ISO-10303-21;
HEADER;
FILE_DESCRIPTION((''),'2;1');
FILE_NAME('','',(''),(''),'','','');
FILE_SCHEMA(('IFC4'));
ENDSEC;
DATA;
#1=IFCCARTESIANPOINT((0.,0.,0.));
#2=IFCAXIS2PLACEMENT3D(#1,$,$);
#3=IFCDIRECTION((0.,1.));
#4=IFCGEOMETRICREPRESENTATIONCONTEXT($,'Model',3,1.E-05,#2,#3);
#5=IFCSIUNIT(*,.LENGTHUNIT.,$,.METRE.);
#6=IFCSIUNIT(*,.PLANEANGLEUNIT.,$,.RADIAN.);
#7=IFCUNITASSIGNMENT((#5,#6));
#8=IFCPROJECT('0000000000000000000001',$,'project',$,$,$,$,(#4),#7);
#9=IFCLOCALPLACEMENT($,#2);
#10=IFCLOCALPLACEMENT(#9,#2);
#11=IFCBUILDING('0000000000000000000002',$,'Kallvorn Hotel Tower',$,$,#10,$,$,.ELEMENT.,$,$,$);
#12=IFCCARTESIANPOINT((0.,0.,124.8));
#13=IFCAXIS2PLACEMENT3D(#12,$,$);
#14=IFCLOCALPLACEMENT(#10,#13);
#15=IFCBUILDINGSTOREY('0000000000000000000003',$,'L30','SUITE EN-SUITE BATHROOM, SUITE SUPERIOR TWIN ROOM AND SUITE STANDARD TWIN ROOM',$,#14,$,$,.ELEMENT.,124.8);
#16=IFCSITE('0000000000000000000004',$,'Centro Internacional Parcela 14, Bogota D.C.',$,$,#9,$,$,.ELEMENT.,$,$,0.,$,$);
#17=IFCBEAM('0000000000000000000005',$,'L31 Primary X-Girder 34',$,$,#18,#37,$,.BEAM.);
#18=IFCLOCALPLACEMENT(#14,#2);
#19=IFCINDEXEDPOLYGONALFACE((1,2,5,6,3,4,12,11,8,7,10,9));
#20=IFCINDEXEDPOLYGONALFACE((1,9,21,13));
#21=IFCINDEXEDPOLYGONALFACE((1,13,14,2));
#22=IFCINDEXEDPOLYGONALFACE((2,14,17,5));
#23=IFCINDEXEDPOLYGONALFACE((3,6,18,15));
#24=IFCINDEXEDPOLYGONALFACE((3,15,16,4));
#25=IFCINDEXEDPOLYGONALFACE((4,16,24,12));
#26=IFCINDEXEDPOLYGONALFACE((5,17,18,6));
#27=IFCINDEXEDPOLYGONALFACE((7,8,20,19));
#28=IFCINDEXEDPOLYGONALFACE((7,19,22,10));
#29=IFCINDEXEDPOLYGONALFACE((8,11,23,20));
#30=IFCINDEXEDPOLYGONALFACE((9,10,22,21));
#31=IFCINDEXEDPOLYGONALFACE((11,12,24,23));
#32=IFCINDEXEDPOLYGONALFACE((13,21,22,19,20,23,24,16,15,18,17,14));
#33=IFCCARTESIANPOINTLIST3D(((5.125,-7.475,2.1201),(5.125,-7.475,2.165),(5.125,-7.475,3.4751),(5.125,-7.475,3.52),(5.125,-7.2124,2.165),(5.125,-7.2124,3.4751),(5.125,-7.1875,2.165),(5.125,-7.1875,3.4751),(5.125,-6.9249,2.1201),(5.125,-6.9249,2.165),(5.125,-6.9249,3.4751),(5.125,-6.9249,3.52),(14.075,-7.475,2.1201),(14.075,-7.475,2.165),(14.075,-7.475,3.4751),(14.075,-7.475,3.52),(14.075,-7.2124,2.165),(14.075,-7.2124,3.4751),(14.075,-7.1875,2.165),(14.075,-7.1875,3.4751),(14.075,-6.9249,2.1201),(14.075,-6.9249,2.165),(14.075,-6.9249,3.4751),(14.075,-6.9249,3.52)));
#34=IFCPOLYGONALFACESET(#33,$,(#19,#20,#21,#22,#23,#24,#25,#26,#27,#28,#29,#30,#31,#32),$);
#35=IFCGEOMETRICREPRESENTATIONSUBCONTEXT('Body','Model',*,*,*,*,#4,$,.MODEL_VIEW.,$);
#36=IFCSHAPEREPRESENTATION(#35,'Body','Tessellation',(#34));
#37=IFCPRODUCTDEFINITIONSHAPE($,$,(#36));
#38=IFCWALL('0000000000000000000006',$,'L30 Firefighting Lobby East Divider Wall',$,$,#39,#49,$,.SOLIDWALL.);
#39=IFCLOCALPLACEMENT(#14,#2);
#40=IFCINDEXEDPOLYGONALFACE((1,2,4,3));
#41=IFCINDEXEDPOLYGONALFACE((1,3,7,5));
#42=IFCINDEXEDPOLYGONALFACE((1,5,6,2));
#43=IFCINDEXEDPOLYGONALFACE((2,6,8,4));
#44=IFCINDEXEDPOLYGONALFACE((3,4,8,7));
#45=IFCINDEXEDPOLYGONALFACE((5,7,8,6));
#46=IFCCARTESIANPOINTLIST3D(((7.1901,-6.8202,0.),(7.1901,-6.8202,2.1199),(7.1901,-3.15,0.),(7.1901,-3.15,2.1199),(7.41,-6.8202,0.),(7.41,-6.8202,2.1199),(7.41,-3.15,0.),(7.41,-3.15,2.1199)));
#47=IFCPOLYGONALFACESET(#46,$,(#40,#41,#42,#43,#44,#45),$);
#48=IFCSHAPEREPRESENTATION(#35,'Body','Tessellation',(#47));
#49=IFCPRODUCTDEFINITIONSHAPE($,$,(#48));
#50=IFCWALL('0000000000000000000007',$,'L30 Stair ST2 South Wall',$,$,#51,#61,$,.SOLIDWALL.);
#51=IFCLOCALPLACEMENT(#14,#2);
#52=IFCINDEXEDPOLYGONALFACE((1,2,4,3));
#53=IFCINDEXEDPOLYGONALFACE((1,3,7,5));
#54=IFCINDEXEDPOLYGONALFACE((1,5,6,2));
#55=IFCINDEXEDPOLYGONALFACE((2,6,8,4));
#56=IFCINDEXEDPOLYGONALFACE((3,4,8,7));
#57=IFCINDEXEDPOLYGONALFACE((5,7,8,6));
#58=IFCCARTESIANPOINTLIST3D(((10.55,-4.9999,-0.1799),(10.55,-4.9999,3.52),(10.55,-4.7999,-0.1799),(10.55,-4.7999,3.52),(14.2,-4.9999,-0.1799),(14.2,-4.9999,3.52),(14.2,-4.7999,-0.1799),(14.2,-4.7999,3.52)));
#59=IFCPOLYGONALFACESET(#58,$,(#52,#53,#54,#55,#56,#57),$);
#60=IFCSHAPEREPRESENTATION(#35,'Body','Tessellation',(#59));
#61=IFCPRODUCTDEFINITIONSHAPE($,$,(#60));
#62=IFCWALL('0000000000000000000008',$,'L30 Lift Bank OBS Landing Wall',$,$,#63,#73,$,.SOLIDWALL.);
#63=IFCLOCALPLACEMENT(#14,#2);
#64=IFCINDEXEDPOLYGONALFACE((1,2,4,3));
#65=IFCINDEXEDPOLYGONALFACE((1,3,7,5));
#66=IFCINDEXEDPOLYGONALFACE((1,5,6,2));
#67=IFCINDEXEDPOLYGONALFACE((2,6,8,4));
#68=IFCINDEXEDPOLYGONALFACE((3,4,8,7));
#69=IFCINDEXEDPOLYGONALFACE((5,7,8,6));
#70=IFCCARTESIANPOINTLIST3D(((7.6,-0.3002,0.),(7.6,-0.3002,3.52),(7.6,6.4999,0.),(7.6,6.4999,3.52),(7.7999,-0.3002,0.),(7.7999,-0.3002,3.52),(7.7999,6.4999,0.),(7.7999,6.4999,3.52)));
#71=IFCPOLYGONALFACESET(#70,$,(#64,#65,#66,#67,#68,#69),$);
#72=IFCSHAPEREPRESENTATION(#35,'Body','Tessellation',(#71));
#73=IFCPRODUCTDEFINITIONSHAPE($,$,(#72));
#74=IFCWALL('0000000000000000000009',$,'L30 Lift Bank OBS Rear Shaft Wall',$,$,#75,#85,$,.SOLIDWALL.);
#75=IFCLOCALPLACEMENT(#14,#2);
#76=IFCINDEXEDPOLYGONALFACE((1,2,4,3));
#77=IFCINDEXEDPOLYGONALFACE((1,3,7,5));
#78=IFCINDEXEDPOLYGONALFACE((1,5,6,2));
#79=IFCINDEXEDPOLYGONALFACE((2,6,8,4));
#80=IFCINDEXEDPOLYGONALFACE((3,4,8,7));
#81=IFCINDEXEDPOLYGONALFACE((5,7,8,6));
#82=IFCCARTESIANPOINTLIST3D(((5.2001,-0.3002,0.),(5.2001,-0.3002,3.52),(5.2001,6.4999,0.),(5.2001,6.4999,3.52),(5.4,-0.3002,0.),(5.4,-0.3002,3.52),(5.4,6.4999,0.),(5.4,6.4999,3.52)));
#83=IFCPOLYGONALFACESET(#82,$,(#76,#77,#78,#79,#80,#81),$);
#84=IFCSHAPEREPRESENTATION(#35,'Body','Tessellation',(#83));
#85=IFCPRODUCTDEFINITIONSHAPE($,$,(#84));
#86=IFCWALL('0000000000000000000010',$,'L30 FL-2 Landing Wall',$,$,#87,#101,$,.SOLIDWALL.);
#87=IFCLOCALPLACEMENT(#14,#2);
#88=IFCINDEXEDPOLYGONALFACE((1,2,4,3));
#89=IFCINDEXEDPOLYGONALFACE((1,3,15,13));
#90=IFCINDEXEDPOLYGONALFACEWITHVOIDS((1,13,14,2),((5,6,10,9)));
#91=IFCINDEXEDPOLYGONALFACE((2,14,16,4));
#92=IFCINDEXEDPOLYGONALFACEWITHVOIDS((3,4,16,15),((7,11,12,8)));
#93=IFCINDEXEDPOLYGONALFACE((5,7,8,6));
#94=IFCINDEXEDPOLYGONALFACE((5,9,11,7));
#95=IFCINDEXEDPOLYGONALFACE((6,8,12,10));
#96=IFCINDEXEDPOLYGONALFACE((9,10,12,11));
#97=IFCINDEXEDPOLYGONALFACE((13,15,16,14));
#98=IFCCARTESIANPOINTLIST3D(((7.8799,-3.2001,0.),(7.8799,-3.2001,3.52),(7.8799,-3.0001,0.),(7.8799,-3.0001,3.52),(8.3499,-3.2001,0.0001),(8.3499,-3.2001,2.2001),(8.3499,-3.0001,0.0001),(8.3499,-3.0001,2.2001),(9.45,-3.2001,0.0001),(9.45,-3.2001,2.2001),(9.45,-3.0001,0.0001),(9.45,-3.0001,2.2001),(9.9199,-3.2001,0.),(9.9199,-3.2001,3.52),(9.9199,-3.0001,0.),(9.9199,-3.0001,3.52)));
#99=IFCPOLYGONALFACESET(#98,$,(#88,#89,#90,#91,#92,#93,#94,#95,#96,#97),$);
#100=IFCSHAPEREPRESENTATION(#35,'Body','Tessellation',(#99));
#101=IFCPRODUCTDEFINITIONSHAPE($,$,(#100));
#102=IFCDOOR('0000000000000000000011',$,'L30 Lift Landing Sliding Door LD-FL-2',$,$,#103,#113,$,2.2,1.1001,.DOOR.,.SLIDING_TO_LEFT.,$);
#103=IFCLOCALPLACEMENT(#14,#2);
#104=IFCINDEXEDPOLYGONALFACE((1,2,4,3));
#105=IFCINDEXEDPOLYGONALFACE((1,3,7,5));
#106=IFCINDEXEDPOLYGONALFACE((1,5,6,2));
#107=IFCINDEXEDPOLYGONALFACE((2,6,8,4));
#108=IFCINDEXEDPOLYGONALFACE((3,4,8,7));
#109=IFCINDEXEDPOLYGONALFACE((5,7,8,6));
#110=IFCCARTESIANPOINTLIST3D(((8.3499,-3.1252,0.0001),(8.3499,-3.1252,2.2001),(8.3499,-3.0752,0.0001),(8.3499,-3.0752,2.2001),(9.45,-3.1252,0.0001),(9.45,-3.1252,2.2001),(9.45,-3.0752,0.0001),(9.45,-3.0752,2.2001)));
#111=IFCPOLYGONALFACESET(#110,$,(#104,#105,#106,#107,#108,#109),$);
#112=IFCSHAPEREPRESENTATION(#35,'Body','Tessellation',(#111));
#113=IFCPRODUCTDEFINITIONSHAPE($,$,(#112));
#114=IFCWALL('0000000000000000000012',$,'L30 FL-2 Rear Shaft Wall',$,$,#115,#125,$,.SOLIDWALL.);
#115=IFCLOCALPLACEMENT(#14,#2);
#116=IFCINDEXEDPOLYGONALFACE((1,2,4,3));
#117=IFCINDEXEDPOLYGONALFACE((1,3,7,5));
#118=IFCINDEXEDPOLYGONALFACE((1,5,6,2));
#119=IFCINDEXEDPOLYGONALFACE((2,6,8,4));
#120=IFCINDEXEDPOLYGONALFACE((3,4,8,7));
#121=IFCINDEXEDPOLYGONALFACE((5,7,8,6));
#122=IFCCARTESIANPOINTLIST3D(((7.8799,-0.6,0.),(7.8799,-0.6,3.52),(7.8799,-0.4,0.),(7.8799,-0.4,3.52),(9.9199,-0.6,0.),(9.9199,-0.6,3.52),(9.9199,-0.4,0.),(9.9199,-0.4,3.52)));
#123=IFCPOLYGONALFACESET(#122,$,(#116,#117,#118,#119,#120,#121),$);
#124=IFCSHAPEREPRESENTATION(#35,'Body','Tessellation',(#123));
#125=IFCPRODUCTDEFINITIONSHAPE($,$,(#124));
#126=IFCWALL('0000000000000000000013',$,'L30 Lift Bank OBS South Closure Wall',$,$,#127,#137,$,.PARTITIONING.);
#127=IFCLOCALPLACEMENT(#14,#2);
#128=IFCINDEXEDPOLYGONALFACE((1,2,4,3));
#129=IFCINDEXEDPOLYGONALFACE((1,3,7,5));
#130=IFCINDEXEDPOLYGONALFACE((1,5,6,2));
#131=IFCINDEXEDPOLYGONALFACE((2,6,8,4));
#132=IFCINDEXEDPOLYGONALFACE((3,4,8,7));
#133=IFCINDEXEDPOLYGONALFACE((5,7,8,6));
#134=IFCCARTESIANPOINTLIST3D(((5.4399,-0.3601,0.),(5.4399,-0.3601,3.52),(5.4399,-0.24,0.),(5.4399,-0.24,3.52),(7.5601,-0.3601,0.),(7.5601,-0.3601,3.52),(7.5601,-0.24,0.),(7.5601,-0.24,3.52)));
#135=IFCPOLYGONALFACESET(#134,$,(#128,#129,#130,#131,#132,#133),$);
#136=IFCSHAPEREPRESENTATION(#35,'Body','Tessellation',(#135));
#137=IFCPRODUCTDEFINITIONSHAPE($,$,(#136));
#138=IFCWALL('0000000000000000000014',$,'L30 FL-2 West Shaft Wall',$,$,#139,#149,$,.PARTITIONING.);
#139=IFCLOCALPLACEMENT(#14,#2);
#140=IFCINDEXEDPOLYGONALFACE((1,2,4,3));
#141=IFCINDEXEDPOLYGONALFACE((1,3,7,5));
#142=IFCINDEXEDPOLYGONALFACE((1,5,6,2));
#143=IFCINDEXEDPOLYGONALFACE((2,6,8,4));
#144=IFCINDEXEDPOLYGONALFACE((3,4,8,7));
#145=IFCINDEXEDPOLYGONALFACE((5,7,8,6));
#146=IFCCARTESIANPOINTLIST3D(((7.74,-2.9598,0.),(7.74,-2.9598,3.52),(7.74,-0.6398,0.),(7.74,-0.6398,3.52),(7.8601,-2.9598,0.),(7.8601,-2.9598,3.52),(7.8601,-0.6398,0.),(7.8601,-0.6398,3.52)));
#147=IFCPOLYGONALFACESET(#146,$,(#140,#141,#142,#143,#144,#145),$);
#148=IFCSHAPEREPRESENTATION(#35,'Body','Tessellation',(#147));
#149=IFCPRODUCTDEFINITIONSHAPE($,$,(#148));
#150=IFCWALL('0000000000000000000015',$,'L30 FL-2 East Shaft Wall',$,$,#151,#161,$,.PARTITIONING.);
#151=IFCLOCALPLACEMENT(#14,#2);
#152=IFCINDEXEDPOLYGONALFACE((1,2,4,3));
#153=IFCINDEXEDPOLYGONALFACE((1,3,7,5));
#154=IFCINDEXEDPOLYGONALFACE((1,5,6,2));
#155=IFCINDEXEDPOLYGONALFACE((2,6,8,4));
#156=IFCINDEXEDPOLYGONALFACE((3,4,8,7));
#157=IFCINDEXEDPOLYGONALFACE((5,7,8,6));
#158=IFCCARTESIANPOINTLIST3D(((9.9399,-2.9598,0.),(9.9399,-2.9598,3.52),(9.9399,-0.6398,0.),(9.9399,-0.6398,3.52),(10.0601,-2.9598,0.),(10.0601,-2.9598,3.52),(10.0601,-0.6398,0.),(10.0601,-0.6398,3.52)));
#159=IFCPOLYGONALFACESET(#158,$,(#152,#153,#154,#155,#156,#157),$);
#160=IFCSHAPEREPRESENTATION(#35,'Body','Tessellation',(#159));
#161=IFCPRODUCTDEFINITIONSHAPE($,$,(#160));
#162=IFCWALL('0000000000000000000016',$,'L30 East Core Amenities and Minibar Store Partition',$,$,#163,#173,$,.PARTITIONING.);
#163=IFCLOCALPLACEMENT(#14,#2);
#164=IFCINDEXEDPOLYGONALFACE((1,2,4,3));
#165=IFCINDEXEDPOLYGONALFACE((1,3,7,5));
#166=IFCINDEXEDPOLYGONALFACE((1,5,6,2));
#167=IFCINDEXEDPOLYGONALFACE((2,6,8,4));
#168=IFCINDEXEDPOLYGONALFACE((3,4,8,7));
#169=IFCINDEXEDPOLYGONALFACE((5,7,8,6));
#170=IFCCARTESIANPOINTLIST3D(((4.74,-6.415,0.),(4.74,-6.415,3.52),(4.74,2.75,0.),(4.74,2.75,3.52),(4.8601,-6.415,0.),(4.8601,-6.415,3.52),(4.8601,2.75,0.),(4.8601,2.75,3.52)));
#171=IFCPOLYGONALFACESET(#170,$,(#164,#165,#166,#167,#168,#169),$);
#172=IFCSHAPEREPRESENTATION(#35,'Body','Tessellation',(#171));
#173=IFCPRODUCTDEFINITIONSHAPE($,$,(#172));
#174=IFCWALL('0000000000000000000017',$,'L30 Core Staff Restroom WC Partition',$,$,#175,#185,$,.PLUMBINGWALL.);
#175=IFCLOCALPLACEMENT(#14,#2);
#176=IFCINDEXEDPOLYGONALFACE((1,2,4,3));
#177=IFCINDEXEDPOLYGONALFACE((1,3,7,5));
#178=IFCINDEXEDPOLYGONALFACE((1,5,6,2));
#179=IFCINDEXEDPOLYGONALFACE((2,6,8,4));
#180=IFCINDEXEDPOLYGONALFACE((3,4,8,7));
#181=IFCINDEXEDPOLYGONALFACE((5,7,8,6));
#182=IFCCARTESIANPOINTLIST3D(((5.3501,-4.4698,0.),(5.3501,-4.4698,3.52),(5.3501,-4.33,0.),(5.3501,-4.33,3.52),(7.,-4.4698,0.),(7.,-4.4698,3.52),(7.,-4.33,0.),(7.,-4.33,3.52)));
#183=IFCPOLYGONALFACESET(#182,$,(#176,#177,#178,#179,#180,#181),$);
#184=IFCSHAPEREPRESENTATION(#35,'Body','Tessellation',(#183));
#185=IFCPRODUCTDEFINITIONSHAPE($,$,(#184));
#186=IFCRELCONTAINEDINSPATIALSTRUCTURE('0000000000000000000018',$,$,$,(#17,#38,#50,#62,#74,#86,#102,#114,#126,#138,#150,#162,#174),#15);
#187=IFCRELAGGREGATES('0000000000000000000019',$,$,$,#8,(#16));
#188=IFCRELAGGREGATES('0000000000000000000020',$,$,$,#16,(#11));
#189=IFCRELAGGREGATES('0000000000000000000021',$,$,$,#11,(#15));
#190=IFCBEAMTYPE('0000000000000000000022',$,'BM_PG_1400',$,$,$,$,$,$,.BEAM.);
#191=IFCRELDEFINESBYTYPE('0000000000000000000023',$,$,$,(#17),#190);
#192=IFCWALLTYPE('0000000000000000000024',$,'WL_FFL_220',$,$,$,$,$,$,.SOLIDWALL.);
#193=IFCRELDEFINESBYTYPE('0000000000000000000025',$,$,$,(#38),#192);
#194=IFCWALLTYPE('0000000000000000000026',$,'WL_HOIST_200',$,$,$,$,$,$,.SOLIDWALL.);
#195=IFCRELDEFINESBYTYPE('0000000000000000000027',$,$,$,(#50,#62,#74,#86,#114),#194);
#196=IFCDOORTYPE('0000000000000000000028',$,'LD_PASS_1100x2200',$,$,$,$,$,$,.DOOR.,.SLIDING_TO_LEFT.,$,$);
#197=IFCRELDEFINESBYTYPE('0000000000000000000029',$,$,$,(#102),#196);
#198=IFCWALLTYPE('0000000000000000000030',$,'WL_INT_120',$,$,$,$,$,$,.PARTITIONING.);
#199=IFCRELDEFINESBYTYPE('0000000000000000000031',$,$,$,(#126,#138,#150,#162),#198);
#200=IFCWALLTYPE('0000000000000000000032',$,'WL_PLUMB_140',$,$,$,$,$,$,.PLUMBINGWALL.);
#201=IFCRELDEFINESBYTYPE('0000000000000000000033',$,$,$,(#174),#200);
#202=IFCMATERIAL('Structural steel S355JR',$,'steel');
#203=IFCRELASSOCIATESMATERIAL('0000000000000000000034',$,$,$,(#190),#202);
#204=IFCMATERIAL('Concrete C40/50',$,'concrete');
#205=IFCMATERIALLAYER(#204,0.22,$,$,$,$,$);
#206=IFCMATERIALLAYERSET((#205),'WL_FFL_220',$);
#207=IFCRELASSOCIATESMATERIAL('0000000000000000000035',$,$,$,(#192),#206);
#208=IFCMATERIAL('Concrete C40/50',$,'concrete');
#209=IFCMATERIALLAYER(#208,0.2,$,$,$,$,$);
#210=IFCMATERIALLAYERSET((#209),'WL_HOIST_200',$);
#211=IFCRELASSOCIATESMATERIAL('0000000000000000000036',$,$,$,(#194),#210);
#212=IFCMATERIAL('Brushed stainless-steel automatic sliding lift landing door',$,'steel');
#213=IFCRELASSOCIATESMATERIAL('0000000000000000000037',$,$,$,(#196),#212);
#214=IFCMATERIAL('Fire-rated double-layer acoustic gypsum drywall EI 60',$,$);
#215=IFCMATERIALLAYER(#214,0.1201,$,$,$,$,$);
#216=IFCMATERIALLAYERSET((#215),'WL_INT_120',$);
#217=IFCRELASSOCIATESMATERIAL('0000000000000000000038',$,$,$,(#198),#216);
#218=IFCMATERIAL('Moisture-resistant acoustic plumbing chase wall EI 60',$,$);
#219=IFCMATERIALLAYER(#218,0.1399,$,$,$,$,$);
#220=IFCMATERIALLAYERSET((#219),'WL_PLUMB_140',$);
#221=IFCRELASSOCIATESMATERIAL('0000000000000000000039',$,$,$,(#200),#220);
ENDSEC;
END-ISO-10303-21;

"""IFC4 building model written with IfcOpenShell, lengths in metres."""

from ifc_helpers import new_model, si_unit, direction, frame, frame_2d, origin, origin_2d, place, context, subcontext, project, spatial, rectangle, i_section, extrude, material, layer, layer_set, material_profile, profile_set, type_object, element, fill, save


model = new_model("IFC4")

# Units and contexts
model_context = context("Model", 3, precision=1e-05, world=origin(), true_north=direction((0.0, 1.0)))
body_context = subcontext(model_context, "Body", "Model", "MODEL_VIEW")
ifc_project = project(units=[si_unit("LENGTHUNIT", "METRE"), si_unit("PLANEANGLEUNIT", "RADIAN")], contexts=[model_context])

# Site, building, storey
site_placement = place(None, origin())
site = spatial("IfcSite", under=ifc_project, at=site_placement, Name="Centro Internacional Parcela 14, Bogota D.C.", CompositionType="ELEMENT", RefElevation=0.0)
building_placement = place(site_placement, origin())
building = spatial("IfcBuilding", under=site, at=building_placement, Name="Kallvorn Hotel Tower", CompositionType="ELEMENT")
storey_placement = place(building_placement, frame((0.0, 0.0, 124.8)))
storey = spatial("IfcBuildingStorey", under=building, at=storey_placement, Name="L30", Description="SUITE EN-SUITE BATHROOM, SUITE SUPERIOR TWIN ROOM AND SUITE STANDARD TWIN ROOM", CompositionType="ELEMENT", Elevation=124.8)

# Beam
ifc_material_1 = material(Name="Structural steel S355JR", Category="steel")
ifc_material_profile = material_profile(ifc_material_1, i_section(OverallWidth=0.55, OverallDepth=1.3999, WebThickness=0.0249, FlangeThickness=0.0449, at=origin_2d()), Name="PG 1400x550x25x45")
ifc_profile_set = profile_set([ifc_material_profile], Name="Structural steel S355JR")
beam_type = type_object("IfcBeamType", Name="BM_PG_1400", PredefinedType="BEAM", material=ifc_profile_set)
beam_placement = place(storey_placement, frame((5.125, -7.2, 2.8201), z_axis=(1.0, 0.0, 0.0), x_axis=(0.0, 1.0, 0.0)))
element("IfcBeam", 1, at=beam_placement, inside=storey, type_object=beam_type, Name="L31 Primary X-Girder 34", PredefinedType="BEAM", context=body_context, shape_type="SweptSolid", body=[
    extrude(i_section(OverallWidth=0.55, OverallDepth=1.3999, WebThickness=0.0249, FlangeThickness=0.0449, at=origin_2d()), origin(), (0.0, 0.0, 1.0), 8.95),
])

# Walls
ifc_material_2 = material(Name="Concrete C40/50", Category="concrete")
ifc_layer_1 = layer(ifc_material_2, 0.22)
ifc_layer_set_1 = layer_set([ifc_layer_1], Name="WL_FFL_220")
wall_type_1 = type_object("IfcWallType", Name="WL_FFL_220", PredefinedType="SOLIDWALL", material=ifc_layer_set_1)
wall_1_placement = place(storey_placement, frame((7.3, -6.8201, 0.0), z_axis=(0.0, 0.0, 1.0), x_axis=(0.0, 1.0, 0.0)))
element("IfcWall", 2, at=wall_1_placement, inside=storey, type_object=wall_type_1, Name="L30 Firefighting Lobby East Divider Wall", PredefinedType="SOLIDWALL", context=body_context, shape_type="SweptSolid", body=[
    extrude(rectangle(XDim=3.6702, YDim=0.22, at=frame_2d((1.835, 0.0))), origin(), (0.0, 0.0, 1.0), 2.1199),
])
ifc_material_3 = material(Name="Concrete C40/50", Category="concrete")
ifc_layer_2 = layer(ifc_material_3, 0.2)
ifc_layer_set_2 = layer_set([ifc_layer_2], Name="WL_HOIST_200")
wall_type_2 = type_object("IfcWallType", Name="WL_HOIST_200", PredefinedType="SOLIDWALL", material=ifc_layer_set_2)
wall_2_placement = place(storey_placement, frame((10.55, -4.8999, -0.1799), z_axis=(0.0, 0.0, 1.0), x_axis=(1.0, 0.0, 0.0)))
element("IfcWall", 3, at=wall_2_placement, inside=storey, type_object=wall_type_2, Name="L30 Stair ST2 South Wall", PredefinedType="SOLIDWALL", context=body_context, shape_type="SweptSolid", body=[
    extrude(rectangle(XDim=3.6499, YDim=0.2, at=frame_2d((1.825, 0.0))), origin(), (0.0, 0.0, 1.0), 3.7),
])
for number, where, z_axis, x_axis, name in (
    (4, (7.7, -0.3, 0.0), (0.0, 0.0, 1.0), (0.0, 1.0, 0.0), "L30 Lift Bank OBS Landing Wall"),
    (5, (5.3, -0.3, 0.0), (0.0, 0.0, 1.0), (0.0, 1.0, 0.0), "L30 Lift Bank OBS Rear Shaft Wall"),
):
    element("IfcWall", number, at=place(storey_placement, frame(where, z_axis=z_axis, x_axis=x_axis)), inside=storey, type_object=wall_type_2, Name=name, PredefinedType="SOLIDWALL", context=body_context, shape_type="SweptSolid", body=[
        extrude(rectangle(XDim=6.8, YDim=0.2, at=frame_2d((3.3999, 0.0))), origin(), (0.0, 0.0, 1.0), 3.52),
    ])

# Wall, opening, door
wall_3_placement = place(storey_placement, frame((7.8799, -3.1001, 0.0), z_axis=(0.0, 0.0, 1.0), x_axis=(1.0, 0.0, 0.0)))
wall_3 = element("IfcWall", 6, at=wall_3_placement, inside=storey, type_object=wall_type_2, Name="L30 FL-2 Landing Wall", PredefinedType="SOLIDWALL", context=body_context, shape_type="SweptSolid", body=[
    extrude(rectangle(XDim=2.04, YDim=0.2, at=frame_2d((1.02, 0.0))), origin(), (0.0, 0.0, 1.0), 3.52),
])
opening_1_placement = place(wall_3_placement, frame((0.47, 0.0, 0.0)))
opening_1 = element("IfcOpeningElement", 7, at=opening_1_placement, cuts=wall_3, PredefinedType="OPENING", context=body_context, shape_type="SweptSolid", body=[
    extrude(rectangle(XDim=1.1001, YDim=2.2, at=frame_2d((0.55, 1.1001))), frame((0.0, 0.115, 0.0), z_axis=(0.0, -1.0, 0.0), x_axis=(1.0, 0.0, 0.0)), (0.0, 0.0, 1.0), 0.23),
])
ifc_material_4 = material(Name="Brushed stainless-steel automatic sliding lift landing door", Category="steel")
door_type_1 = type_object("IfcDoorType", Name="LD_PASS_1100x2200", OperationType="SLIDING_TO_LEFT", PredefinedType="DOOR", material=ifc_material_4)
door_1_placement = place(opening_1_placement, origin())
door_1 = element("IfcDoor", 8, at=door_1_placement, inside=storey, type_object=door_type_1, Name="L30 Lift Landing Sliding Door LD-FL-2", OperationType="SLIDING_TO_LEFT", OverallHeight=2.2, OverallWidth=1.1001, PredefinedType="DOOR", context=body_context, shape_type="SweptSolid", body=[
    extrude(rectangle(XDim=1.1001, YDim=2.2, at=frame_2d((0.55, 1.1001))), frame((0.0, 0.0249, 0.0), z_axis=(0.0, -1.0, 0.0), x_axis=(1.0, 0.0, 0.0)), (0.0, 0.0, 1.0), 0.05),
])
fill(opening_1, door_1)

# Walls
wall_4_placement = place(storey_placement, frame((7.8799, -0.5, 0.0), z_axis=(0.0, 0.0, 1.0), x_axis=(1.0, 0.0, 0.0)))
element("IfcWall", 9, at=wall_4_placement, inside=storey, type_object=wall_type_2, Name="L30 FL-2 Rear Shaft Wall", PredefinedType="SOLIDWALL", context=body_context, shape_type="SweptSolid", body=[
    extrude(rectangle(XDim=2.04, YDim=0.2, at=frame_2d((1.02, 0.0))), origin(), (0.0, 0.0, 1.0), 3.52),
])
ifc_material_5 = material(Name="Fire-rated double-layer acoustic gypsum drywall EI 60")
ifc_layer_3 = layer(ifc_material_5, 0.1201)
ifc_layer_set_3 = layer_set([ifc_layer_3], Name="WL_INT_120")
wall_type_3 = type_object("IfcWallType", Name="WL_INT_120", PredefinedType="PARTITIONING", material=ifc_layer_set_3)
wall_5_placement = place(storey_placement, frame((5.4399, -0.3, 0.0), z_axis=(0.0, 0.0, 1.0), x_axis=(1.0, 0.0, 0.0)))
element("IfcWall", 10, at=wall_5_placement, inside=storey, type_object=wall_type_3, Name="L30 Lift Bank OBS South Closure Wall", PredefinedType="PARTITIONING", context=body_context, shape_type="SweptSolid", body=[
    extrude(rectangle(XDim=2.1201, YDim=0.1201, at=frame_2d((1.0601, 0.0))), origin(), (0.0, 0.0, 1.0), 3.52),
])
for number, where, z_axis, x_axis, name in (
    (11, (7.8, -2.96, 0.0), (0.0, 0.0, 1.0), (0.0, 1.0, 0.0), "L30 FL-2 West Shaft Wall"),
    (12, (10.0, -2.96, 0.0), (0.0, 0.0, 1.0), (0.0, 1.0, 0.0), "L30 FL-2 East Shaft Wall"),
):
    element("IfcWall", number, at=place(storey_placement, frame(where, z_axis=z_axis, x_axis=x_axis)), inside=storey, type_object=wall_type_3, Name=name, PredefinedType="PARTITIONING", context=body_context, shape_type="SweptSolid", body=[
        extrude(rectangle(XDim=2.3201, YDim=0.1201, at=frame_2d((1.1602, 0.0))), origin(), (0.0, 0.0, 1.0), 3.52),
    ])
wall_6_placement = place(storey_placement, frame((4.8, -6.415, 0.0), z_axis=(0.0, 0.0, 1.0), x_axis=(0.0, 1.0, 0.0)))
element("IfcWall", 13, at=wall_6_placement, inside=storey, type_object=wall_type_3, Name="L30 East Core Amenities and Minibar Store Partition", PredefinedType="PARTITIONING", context=body_context, shape_type="SweptSolid", body=[
    extrude(rectangle(XDim=9.165, YDim=0.1201, at=frame_2d((4.5825, 0.0))), origin(), (0.0, 0.0, 1.0), 3.52),
])
ifc_material_6 = material(Name="Moisture-resistant acoustic plumbing chase wall EI 60")
ifc_layer_4 = layer(ifc_material_6, 0.1399)
ifc_layer_set_4 = layer_set([ifc_layer_4], Name="WL_PLUMB_140")
wall_type_4 = type_object("IfcWallType", Name="WL_PLUMB_140", PredefinedType="PLUMBINGWALL", material=ifc_layer_set_4)
wall_7_placement = place(storey_placement, frame((5.3501, -4.3999, 0.0), z_axis=(0.0, 0.0, 1.0), x_axis=(1.0, 0.0, 0.0)))
element("IfcWall", 14, at=wall_7_placement, inside=storey, type_object=wall_type_4, Name="L30 Core Staff Restroom WC Partition", PredefinedType="PLUMBINGWALL", context=body_context, shape_type="SweptSolid", body=[
    extrude(rectangle(XDim=1.6499, YDim=0.1399, at=frame_2d((0.825, 0.0))), origin(), (0.0, 0.0, 1.0), 3.52),
])

save(model, "model.ifc")
